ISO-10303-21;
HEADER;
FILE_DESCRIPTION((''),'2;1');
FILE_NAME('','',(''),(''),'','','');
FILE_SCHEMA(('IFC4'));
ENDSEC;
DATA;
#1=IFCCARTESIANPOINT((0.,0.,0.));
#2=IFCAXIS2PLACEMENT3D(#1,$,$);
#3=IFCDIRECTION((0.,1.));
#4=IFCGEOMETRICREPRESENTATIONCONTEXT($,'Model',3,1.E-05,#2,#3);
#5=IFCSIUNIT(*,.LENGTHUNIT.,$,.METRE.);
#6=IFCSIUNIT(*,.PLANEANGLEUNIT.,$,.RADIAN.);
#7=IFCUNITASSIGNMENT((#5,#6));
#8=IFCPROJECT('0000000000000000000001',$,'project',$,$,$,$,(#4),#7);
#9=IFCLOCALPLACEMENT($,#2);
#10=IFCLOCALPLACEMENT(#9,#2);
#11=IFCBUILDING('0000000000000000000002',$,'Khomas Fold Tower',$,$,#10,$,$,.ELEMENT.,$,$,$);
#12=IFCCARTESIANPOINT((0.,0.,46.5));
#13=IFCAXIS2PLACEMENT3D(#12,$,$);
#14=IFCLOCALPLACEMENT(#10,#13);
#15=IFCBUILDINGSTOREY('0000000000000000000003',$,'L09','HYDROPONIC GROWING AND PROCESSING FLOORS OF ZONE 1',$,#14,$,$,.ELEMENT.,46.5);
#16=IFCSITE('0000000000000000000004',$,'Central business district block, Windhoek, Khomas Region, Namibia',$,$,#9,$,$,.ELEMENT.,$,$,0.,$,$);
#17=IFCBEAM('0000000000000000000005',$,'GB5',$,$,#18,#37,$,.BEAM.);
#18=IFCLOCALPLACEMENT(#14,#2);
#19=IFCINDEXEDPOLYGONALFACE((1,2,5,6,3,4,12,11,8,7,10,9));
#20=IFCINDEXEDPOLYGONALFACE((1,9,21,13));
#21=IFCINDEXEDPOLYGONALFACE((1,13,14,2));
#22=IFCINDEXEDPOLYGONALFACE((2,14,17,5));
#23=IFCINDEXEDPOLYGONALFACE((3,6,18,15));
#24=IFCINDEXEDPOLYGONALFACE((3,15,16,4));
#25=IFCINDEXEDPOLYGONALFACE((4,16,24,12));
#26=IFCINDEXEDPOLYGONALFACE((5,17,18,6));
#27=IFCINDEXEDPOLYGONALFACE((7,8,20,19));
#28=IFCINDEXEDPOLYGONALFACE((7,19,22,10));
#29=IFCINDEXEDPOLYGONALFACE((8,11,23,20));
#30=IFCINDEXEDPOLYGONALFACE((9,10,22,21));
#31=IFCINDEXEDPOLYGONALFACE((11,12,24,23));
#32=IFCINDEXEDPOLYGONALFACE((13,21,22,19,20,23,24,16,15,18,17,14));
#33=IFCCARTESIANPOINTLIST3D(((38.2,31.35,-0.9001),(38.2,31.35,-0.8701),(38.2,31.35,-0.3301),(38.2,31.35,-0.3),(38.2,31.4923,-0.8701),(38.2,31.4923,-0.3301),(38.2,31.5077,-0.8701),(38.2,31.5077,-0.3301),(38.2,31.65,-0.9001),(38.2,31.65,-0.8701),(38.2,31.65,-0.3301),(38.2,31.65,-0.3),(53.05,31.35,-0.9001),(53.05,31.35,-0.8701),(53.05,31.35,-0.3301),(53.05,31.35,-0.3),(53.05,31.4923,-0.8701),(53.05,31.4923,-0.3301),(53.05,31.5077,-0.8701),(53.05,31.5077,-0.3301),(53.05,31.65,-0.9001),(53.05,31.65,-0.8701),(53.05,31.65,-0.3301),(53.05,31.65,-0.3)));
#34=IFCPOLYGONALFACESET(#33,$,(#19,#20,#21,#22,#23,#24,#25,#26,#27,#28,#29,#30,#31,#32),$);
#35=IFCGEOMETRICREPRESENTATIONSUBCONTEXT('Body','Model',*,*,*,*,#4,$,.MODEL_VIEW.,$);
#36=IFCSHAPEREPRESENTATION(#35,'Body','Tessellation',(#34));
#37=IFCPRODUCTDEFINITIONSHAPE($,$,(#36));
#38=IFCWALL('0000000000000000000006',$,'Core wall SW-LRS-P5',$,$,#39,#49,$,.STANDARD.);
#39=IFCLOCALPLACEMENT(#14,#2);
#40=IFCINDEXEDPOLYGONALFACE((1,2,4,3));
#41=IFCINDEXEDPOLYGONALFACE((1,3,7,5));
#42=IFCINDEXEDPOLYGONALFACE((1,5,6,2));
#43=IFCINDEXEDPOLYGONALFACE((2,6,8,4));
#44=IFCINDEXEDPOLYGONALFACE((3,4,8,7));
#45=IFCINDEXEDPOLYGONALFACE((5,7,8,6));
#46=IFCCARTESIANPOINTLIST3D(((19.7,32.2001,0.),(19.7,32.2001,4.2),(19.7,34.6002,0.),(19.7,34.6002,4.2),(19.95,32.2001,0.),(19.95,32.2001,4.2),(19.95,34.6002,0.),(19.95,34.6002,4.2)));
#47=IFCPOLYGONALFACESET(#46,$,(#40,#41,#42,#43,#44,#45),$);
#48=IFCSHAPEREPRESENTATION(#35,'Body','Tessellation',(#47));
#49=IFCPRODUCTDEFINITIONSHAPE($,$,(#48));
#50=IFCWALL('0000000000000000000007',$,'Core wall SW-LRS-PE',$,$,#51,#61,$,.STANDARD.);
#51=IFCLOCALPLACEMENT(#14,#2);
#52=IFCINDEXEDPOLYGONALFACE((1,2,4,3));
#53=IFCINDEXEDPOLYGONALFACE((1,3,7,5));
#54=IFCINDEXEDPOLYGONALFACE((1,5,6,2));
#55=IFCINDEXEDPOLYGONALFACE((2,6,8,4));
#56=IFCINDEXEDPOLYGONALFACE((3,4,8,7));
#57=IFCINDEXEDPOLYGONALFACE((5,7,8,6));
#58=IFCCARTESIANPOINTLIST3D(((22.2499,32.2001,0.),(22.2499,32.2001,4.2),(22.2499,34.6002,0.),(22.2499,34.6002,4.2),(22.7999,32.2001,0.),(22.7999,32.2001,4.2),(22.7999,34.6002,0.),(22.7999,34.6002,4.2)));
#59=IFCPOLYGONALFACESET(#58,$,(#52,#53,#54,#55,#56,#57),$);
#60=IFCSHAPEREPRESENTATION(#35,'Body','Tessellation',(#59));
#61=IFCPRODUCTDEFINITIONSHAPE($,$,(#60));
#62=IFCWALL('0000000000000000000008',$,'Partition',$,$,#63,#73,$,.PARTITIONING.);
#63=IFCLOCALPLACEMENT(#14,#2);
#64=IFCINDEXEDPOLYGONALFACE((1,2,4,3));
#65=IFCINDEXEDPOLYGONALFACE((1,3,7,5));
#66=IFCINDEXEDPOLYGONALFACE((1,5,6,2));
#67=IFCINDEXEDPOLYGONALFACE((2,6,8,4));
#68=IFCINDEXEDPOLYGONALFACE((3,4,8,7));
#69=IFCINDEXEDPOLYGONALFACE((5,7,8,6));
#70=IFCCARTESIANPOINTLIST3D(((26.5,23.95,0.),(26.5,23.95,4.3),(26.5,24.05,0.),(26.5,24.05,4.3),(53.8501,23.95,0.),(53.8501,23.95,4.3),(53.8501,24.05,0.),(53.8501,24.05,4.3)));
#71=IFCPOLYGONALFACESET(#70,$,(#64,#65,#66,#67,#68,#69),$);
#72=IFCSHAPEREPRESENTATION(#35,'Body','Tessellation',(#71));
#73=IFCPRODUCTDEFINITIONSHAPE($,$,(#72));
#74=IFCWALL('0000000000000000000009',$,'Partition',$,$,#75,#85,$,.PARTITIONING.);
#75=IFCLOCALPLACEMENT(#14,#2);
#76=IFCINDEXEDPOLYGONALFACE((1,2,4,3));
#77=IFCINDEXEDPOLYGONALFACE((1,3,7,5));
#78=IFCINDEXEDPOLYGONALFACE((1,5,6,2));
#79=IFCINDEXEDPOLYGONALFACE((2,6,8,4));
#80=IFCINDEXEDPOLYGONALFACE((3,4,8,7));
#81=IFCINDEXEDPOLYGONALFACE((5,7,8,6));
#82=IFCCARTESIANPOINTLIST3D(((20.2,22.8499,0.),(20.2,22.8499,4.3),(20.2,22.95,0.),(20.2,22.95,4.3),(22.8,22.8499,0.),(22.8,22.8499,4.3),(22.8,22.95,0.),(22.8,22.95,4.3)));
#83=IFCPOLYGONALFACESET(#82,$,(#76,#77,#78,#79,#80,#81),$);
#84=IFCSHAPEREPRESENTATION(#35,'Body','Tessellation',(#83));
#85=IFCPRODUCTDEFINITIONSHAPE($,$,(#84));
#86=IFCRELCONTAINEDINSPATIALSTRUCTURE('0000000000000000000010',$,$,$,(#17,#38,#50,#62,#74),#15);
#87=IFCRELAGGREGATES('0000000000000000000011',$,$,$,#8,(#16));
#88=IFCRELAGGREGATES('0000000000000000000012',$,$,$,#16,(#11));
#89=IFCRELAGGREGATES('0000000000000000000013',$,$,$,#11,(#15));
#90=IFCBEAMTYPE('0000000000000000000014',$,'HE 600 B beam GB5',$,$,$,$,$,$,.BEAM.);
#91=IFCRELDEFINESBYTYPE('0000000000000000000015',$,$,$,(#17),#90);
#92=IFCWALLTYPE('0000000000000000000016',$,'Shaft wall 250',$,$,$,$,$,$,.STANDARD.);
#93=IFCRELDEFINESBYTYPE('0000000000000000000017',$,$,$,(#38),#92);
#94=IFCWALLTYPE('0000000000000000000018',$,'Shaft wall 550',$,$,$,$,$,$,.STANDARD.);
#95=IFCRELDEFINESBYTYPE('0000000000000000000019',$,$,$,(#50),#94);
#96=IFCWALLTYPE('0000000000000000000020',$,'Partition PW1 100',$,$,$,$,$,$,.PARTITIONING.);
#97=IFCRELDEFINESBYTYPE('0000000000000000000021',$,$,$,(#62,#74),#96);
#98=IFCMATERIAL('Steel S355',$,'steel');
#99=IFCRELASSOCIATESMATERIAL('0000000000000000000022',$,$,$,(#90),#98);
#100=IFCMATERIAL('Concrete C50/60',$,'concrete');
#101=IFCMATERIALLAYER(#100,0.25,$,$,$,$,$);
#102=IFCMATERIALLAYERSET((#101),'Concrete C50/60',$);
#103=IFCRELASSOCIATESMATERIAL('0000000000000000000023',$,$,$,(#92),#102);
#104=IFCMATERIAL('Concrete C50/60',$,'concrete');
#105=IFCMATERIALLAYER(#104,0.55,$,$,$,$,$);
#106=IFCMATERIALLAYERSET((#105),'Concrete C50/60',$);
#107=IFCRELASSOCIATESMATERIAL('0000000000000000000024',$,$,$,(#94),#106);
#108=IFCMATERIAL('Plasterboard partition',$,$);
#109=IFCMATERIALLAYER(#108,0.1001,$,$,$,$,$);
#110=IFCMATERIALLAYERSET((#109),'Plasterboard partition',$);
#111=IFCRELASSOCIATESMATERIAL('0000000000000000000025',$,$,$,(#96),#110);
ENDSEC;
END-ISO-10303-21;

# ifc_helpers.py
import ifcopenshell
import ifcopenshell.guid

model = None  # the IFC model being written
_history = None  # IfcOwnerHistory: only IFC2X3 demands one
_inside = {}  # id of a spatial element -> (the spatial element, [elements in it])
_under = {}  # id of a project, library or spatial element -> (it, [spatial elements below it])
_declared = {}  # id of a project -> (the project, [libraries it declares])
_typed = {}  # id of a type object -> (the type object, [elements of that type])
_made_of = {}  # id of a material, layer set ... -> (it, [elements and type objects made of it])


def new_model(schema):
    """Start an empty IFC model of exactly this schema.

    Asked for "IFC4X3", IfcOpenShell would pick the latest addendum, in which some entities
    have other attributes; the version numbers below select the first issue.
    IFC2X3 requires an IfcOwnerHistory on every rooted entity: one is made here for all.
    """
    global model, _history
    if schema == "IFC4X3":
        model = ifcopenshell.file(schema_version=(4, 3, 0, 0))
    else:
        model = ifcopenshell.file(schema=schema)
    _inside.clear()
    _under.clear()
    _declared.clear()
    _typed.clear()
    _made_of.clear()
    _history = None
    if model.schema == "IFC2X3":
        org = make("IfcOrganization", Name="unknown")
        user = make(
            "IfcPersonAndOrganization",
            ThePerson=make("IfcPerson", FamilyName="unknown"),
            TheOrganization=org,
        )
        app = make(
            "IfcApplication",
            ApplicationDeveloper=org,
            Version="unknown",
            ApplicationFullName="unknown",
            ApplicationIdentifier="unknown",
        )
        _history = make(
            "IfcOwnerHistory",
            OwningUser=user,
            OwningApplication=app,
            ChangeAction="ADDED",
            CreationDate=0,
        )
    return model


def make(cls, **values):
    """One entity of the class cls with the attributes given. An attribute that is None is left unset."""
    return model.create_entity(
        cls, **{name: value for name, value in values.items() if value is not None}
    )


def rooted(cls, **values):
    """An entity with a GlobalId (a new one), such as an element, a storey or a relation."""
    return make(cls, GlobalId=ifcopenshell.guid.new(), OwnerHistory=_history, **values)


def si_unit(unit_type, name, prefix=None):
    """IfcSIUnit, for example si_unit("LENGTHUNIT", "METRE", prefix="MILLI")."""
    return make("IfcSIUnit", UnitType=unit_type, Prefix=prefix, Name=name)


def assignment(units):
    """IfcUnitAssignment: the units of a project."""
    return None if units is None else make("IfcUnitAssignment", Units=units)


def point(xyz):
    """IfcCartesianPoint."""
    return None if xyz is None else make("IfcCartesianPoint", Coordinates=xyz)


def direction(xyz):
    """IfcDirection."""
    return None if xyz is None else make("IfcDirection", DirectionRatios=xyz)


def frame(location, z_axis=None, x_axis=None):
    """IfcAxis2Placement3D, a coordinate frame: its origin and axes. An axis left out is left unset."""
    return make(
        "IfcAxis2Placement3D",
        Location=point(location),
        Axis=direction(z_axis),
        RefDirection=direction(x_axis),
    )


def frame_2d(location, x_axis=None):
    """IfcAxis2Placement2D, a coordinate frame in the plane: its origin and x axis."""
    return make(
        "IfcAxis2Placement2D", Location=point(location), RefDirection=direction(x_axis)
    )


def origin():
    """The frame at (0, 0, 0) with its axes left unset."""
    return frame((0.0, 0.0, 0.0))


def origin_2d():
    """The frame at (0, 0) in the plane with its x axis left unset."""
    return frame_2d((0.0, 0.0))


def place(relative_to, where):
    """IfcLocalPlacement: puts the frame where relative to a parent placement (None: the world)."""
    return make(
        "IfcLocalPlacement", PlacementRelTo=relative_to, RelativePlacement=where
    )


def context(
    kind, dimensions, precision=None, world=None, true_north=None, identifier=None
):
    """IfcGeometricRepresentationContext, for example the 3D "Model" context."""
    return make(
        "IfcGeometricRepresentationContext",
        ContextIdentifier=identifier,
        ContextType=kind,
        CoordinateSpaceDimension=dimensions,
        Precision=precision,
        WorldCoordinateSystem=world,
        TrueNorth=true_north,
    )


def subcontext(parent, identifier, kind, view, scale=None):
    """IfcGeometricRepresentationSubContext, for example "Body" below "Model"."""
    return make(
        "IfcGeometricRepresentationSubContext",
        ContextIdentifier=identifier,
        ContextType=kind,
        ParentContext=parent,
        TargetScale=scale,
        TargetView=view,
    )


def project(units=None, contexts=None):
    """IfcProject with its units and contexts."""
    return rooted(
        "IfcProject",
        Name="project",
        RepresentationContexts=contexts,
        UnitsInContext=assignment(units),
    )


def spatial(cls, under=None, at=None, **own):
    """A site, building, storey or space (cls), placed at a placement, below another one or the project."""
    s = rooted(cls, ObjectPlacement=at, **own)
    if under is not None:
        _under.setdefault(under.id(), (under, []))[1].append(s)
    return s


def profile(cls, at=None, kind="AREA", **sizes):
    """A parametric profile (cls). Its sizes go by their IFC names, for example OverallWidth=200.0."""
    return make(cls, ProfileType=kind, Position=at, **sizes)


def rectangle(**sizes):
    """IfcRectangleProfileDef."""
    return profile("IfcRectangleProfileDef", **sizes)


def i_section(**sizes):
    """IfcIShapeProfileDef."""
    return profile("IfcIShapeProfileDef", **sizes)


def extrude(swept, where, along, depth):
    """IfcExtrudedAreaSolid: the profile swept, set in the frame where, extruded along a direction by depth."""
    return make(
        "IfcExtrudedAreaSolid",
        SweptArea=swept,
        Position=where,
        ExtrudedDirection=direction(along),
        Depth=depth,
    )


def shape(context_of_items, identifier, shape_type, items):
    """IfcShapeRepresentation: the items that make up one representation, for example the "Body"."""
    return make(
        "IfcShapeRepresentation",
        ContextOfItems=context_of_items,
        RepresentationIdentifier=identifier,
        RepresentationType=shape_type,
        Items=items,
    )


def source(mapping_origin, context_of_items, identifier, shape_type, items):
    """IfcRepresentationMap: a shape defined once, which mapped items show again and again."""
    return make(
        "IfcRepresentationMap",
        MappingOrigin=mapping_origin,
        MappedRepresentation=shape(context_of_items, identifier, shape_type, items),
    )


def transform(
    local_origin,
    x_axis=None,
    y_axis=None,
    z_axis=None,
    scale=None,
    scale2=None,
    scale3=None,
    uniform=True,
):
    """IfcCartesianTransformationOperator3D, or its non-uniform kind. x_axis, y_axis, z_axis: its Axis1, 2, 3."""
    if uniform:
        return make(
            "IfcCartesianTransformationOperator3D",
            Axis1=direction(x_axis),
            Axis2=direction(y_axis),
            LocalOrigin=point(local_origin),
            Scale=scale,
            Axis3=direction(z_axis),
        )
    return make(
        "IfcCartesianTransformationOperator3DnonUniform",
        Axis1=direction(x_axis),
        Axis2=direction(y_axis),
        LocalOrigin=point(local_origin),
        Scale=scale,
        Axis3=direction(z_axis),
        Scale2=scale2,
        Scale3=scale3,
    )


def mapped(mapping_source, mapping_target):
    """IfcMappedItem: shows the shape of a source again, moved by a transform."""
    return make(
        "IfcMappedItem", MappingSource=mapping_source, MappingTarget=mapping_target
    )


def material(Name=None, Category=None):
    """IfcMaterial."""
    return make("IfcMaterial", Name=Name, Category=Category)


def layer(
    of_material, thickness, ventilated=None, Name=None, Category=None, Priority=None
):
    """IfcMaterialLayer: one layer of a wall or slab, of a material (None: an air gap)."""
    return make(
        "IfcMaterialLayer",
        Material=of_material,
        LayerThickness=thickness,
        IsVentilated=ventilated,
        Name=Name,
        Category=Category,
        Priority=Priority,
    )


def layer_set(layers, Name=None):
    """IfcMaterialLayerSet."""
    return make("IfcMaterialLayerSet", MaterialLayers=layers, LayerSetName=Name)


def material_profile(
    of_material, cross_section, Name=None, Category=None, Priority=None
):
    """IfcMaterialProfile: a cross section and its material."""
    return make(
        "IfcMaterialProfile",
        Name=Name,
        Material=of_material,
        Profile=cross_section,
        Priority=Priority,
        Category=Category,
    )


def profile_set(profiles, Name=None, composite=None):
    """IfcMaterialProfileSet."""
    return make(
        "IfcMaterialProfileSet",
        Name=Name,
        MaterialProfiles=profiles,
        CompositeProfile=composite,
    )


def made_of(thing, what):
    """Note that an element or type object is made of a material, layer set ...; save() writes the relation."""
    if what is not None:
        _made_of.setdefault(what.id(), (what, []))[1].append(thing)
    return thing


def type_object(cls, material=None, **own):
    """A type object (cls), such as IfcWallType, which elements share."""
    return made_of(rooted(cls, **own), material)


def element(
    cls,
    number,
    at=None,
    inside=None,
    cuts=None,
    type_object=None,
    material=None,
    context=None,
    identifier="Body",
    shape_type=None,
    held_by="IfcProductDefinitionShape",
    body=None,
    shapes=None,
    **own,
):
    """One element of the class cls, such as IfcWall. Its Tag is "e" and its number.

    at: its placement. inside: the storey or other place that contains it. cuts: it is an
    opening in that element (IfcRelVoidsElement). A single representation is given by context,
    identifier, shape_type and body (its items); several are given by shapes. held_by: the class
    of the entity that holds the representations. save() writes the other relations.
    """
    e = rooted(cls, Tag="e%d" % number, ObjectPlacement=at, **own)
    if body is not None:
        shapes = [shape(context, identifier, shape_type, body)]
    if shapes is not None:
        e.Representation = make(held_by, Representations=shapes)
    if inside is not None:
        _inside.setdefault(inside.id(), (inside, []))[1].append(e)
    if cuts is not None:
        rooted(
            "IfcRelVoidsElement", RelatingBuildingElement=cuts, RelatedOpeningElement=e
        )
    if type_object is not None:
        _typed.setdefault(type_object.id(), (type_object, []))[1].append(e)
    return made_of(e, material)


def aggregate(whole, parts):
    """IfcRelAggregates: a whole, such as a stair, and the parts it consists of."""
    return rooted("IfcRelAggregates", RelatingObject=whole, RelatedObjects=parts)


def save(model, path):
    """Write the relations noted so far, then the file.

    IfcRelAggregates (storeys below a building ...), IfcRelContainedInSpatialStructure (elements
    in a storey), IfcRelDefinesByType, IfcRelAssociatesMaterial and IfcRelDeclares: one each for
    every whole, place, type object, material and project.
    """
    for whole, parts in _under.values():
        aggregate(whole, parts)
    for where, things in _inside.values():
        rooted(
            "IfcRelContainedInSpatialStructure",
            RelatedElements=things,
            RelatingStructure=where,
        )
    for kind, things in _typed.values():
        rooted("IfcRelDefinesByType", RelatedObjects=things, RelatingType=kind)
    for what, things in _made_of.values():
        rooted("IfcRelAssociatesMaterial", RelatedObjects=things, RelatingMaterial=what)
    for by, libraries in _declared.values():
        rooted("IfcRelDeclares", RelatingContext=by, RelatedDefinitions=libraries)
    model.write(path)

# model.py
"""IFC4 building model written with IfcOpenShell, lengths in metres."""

from ifc_helpers import new_model, si_unit, direction, frame, frame_2d, origin, origin_2d, place, context, subcontext, project, spatial, rectangle, i_section, extrude, source, transform, mapped, material, layer, layer_set, material_profile, profile_set, type_object, element, save


model = new_model("IFC4")

# Units and contexts
model_context = context("Model", 3, precision=1e-05, world=origin(), true_north=direction((0.0, 1.0)))
body_context = subcontext(model_context, "Body", "Model", "MODEL_VIEW")
ifc_project = project(units=[si_unit("LENGTHUNIT", "METRE"), si_unit("PLANEANGLEUNIT", "RADIAN")], contexts=[model_context])

# Site, building, storey
site_placement = place(None, origin())
site = spatial("IfcSite", under=ifc_project, at=site_placement, Name="Central business district block, Windhoek, Khomas Region, Namibia", CompositionType="ELEMENT", RefElevation=0.0)
building_placement = place(site_placement, origin())
building = spatial("IfcBuilding", under=site, at=building_placement, Name="Khomas Fold Tower", CompositionType="ELEMENT")
storey_placement = place(building_placement, frame((0.0, 0.0, 46.5)))
storey = spatial("IfcBuildingStorey", under=building, at=storey_placement, Name="L09", Description="HYDROPONIC GROWING AND PROCESSING FLOORS OF ZONE 1", CompositionType="ELEMENT", Elevation=46.5)

# Beam
ifc_material_1 = material(Name="Steel S355", Category="steel")
ifc_material_profile_1 = material_profile(ifc_material_1, i_section(OverallWidth=0.3, OverallDepth=0.6001, WebThickness=0.0154, FlangeThickness=0.03, at=origin_2d()), Name="HE 600 B")
ifc_profile_set_1 = profile_set([ifc_material_profile_1], Name="Steel S355")
beam_type_1 = type_object("IfcBeamType", Name="HE 600 B beam GB5", PredefinedType="BEAM", material=ifc_profile_set_1)
shared_shape_1 = source(origin(), body_context, "Body", "SweptSolid", [
    extrude(i_section(OverallWidth=0.3, OverallDepth=0.6001, WebThickness=0.0154, FlangeThickness=0.03, at=origin_2d()), origin(), (0.0, 0.0, 1.0), 14.8501),
])
for number, where, z_axis, x_axis, name in (
    (1, (38.2, 31.5, -0.6001), (1.0, 0.0, 0.0), (0.0, 1.0, 0.0), "GB5"),
):
    element("IfcBeam", number, at=place(storey_placement, frame(where, z_axis=z_axis, x_axis=x_axis)), inside=storey, type_object=beam_type_1, Name=name, PredefinedType="BEAM", context=body_context, shape_type="MappedRepresentation", body=[
        mapped(shared_shape_1, transform((0.0, 0.0, 0.0))),
    ])

# Walls
ifc_material_2 = material(Name="Concrete C50/60", Category="concrete")
ifc_layer_1 = layer(ifc_material_2, 0.25)
ifc_layer_set_1 = layer_set([ifc_layer_1], Name="Concrete C50/60")
wall_type_1 = type_object("IfcWallType", Name="Shaft wall 250", PredefinedType="STANDARD", material=ifc_layer_set_1)
shared_shape_2 = source(origin(), body_context, "Body", "SweptSolid", [
    extrude(rectangle(XDim=2.4001, YDim=0.25, at=frame_2d((1.2002, 0.0))), origin(), (0.0, 0.0, 1.0), 4.2),
])
wall_1_placement = place(storey_placement, frame((19.825, 32.2, 0.0), z_axis=(0.0, 0.0, 1.0), x_axis=(0.0, 1.0, 0.0)))
element("IfcWall", 2, at=wall_1_placement, inside=storey, type_object=wall_type_1, Name="Core wall SW-LRS-P5", PredefinedType="STANDARD", context=body_context, shape_type="MappedRepresentation", body=[
    mapped(shared_shape_2, transform((0.0, 0.0, 0.0))),
])
ifc_material_3 = material(Name="Concrete C50/60", Category="concrete")
ifc_layer_2 = layer(ifc_material_3, 0.55)
ifc_layer_set_2 = layer_set([ifc_layer_2], Name="Concrete C50/60")
wall_type_2 = type_object("IfcWallType", Name="Shaft wall 550", PredefinedType="STANDARD", material=ifc_layer_set_2)
shared_shape_3 = source(origin(), body_context, "Body", "SweptSolid", [
    extrude(rectangle(XDim=2.4001, YDim=0.55, at=frame_2d((1.2002, 0.0))), origin(), (0.0, 0.0, 1.0), 4.2),
])
wall_2_placement = place(storey_placement, frame((22.5249, 32.2, 0.0), z_axis=(0.0, 0.0, 1.0), x_axis=(0.0, 1.0, 0.0)))
element("IfcWall", 3, at=wall_2_placement, inside=storey, type_object=wall_type_2, Name="Core wall SW-LRS-PE", PredefinedType="STANDARD", context=body_context, shape_type="MappedRepresentation", body=[
    mapped(shared_shape_3, transform((0.0, 0.0, 0.0))),
])
ifc_material_4 = material(Name="Plasterboard partition")
ifc_layer_3 = layer(ifc_material_4, 0.1001)
ifc_layer_set_3 = layer_set([ifc_layer_3], Name="Plasterboard partition")
wall_type_3 = type_object("IfcWallType", Name="Partition PW1 100", PredefinedType="PARTITIONING", material=ifc_layer_set_3)
shared_shape_4 = source(origin(), body_context, "Body", "SweptSolid", [
    extrude(rectangle(XDim=27.3501, YDim=0.1001, at=frame_2d((13.675, 0.0))), origin(), (0.0, 0.0, 1.0), 4.3),
])
wall_3_placement = place(storey_placement, frame((26.5, 24.0, 0.0), z_axis=(0.0, 0.0, 1.0), x_axis=(1.0, 0.0, 0.0)))
element("IfcWall", 4, at=wall_3_placement, inside=storey, type_object=wall_type_3, Name="Partition", PredefinedType="PARTITIONING", context=body_context, shape_type="MappedRepresentation", body=[
    mapped(shared_shape_4, transform((0.0, 0.0, 0.0))),
])
shared_shape_5 = source(origin(), body_context, "Body", "SweptSolid", [
    extrude(rectangle(XDim=2.6001, YDim=0.1001, at=frame_2d((1.3, 0.0))), origin(), (0.0, 0.0, 1.0), 4.3),
])
wall_4_placement = place(storey_placement, frame((20.2, 22.8999, 0.0), z_axis=(0.0, 0.0, 1.0), x_axis=(1.0, 0.0, 0.0)))
element("IfcWall", 5, at=wall_4_placement, inside=storey, type_object=wall_type_3, Name="Partition", PredefinedType="PARTITIONING", context=body_context, shape_type="MappedRepresentation", body=[
    mapped(shared_shape_5, transform((0.0, 0.0, 0.0))),
])

save(model, "model.ifc")
